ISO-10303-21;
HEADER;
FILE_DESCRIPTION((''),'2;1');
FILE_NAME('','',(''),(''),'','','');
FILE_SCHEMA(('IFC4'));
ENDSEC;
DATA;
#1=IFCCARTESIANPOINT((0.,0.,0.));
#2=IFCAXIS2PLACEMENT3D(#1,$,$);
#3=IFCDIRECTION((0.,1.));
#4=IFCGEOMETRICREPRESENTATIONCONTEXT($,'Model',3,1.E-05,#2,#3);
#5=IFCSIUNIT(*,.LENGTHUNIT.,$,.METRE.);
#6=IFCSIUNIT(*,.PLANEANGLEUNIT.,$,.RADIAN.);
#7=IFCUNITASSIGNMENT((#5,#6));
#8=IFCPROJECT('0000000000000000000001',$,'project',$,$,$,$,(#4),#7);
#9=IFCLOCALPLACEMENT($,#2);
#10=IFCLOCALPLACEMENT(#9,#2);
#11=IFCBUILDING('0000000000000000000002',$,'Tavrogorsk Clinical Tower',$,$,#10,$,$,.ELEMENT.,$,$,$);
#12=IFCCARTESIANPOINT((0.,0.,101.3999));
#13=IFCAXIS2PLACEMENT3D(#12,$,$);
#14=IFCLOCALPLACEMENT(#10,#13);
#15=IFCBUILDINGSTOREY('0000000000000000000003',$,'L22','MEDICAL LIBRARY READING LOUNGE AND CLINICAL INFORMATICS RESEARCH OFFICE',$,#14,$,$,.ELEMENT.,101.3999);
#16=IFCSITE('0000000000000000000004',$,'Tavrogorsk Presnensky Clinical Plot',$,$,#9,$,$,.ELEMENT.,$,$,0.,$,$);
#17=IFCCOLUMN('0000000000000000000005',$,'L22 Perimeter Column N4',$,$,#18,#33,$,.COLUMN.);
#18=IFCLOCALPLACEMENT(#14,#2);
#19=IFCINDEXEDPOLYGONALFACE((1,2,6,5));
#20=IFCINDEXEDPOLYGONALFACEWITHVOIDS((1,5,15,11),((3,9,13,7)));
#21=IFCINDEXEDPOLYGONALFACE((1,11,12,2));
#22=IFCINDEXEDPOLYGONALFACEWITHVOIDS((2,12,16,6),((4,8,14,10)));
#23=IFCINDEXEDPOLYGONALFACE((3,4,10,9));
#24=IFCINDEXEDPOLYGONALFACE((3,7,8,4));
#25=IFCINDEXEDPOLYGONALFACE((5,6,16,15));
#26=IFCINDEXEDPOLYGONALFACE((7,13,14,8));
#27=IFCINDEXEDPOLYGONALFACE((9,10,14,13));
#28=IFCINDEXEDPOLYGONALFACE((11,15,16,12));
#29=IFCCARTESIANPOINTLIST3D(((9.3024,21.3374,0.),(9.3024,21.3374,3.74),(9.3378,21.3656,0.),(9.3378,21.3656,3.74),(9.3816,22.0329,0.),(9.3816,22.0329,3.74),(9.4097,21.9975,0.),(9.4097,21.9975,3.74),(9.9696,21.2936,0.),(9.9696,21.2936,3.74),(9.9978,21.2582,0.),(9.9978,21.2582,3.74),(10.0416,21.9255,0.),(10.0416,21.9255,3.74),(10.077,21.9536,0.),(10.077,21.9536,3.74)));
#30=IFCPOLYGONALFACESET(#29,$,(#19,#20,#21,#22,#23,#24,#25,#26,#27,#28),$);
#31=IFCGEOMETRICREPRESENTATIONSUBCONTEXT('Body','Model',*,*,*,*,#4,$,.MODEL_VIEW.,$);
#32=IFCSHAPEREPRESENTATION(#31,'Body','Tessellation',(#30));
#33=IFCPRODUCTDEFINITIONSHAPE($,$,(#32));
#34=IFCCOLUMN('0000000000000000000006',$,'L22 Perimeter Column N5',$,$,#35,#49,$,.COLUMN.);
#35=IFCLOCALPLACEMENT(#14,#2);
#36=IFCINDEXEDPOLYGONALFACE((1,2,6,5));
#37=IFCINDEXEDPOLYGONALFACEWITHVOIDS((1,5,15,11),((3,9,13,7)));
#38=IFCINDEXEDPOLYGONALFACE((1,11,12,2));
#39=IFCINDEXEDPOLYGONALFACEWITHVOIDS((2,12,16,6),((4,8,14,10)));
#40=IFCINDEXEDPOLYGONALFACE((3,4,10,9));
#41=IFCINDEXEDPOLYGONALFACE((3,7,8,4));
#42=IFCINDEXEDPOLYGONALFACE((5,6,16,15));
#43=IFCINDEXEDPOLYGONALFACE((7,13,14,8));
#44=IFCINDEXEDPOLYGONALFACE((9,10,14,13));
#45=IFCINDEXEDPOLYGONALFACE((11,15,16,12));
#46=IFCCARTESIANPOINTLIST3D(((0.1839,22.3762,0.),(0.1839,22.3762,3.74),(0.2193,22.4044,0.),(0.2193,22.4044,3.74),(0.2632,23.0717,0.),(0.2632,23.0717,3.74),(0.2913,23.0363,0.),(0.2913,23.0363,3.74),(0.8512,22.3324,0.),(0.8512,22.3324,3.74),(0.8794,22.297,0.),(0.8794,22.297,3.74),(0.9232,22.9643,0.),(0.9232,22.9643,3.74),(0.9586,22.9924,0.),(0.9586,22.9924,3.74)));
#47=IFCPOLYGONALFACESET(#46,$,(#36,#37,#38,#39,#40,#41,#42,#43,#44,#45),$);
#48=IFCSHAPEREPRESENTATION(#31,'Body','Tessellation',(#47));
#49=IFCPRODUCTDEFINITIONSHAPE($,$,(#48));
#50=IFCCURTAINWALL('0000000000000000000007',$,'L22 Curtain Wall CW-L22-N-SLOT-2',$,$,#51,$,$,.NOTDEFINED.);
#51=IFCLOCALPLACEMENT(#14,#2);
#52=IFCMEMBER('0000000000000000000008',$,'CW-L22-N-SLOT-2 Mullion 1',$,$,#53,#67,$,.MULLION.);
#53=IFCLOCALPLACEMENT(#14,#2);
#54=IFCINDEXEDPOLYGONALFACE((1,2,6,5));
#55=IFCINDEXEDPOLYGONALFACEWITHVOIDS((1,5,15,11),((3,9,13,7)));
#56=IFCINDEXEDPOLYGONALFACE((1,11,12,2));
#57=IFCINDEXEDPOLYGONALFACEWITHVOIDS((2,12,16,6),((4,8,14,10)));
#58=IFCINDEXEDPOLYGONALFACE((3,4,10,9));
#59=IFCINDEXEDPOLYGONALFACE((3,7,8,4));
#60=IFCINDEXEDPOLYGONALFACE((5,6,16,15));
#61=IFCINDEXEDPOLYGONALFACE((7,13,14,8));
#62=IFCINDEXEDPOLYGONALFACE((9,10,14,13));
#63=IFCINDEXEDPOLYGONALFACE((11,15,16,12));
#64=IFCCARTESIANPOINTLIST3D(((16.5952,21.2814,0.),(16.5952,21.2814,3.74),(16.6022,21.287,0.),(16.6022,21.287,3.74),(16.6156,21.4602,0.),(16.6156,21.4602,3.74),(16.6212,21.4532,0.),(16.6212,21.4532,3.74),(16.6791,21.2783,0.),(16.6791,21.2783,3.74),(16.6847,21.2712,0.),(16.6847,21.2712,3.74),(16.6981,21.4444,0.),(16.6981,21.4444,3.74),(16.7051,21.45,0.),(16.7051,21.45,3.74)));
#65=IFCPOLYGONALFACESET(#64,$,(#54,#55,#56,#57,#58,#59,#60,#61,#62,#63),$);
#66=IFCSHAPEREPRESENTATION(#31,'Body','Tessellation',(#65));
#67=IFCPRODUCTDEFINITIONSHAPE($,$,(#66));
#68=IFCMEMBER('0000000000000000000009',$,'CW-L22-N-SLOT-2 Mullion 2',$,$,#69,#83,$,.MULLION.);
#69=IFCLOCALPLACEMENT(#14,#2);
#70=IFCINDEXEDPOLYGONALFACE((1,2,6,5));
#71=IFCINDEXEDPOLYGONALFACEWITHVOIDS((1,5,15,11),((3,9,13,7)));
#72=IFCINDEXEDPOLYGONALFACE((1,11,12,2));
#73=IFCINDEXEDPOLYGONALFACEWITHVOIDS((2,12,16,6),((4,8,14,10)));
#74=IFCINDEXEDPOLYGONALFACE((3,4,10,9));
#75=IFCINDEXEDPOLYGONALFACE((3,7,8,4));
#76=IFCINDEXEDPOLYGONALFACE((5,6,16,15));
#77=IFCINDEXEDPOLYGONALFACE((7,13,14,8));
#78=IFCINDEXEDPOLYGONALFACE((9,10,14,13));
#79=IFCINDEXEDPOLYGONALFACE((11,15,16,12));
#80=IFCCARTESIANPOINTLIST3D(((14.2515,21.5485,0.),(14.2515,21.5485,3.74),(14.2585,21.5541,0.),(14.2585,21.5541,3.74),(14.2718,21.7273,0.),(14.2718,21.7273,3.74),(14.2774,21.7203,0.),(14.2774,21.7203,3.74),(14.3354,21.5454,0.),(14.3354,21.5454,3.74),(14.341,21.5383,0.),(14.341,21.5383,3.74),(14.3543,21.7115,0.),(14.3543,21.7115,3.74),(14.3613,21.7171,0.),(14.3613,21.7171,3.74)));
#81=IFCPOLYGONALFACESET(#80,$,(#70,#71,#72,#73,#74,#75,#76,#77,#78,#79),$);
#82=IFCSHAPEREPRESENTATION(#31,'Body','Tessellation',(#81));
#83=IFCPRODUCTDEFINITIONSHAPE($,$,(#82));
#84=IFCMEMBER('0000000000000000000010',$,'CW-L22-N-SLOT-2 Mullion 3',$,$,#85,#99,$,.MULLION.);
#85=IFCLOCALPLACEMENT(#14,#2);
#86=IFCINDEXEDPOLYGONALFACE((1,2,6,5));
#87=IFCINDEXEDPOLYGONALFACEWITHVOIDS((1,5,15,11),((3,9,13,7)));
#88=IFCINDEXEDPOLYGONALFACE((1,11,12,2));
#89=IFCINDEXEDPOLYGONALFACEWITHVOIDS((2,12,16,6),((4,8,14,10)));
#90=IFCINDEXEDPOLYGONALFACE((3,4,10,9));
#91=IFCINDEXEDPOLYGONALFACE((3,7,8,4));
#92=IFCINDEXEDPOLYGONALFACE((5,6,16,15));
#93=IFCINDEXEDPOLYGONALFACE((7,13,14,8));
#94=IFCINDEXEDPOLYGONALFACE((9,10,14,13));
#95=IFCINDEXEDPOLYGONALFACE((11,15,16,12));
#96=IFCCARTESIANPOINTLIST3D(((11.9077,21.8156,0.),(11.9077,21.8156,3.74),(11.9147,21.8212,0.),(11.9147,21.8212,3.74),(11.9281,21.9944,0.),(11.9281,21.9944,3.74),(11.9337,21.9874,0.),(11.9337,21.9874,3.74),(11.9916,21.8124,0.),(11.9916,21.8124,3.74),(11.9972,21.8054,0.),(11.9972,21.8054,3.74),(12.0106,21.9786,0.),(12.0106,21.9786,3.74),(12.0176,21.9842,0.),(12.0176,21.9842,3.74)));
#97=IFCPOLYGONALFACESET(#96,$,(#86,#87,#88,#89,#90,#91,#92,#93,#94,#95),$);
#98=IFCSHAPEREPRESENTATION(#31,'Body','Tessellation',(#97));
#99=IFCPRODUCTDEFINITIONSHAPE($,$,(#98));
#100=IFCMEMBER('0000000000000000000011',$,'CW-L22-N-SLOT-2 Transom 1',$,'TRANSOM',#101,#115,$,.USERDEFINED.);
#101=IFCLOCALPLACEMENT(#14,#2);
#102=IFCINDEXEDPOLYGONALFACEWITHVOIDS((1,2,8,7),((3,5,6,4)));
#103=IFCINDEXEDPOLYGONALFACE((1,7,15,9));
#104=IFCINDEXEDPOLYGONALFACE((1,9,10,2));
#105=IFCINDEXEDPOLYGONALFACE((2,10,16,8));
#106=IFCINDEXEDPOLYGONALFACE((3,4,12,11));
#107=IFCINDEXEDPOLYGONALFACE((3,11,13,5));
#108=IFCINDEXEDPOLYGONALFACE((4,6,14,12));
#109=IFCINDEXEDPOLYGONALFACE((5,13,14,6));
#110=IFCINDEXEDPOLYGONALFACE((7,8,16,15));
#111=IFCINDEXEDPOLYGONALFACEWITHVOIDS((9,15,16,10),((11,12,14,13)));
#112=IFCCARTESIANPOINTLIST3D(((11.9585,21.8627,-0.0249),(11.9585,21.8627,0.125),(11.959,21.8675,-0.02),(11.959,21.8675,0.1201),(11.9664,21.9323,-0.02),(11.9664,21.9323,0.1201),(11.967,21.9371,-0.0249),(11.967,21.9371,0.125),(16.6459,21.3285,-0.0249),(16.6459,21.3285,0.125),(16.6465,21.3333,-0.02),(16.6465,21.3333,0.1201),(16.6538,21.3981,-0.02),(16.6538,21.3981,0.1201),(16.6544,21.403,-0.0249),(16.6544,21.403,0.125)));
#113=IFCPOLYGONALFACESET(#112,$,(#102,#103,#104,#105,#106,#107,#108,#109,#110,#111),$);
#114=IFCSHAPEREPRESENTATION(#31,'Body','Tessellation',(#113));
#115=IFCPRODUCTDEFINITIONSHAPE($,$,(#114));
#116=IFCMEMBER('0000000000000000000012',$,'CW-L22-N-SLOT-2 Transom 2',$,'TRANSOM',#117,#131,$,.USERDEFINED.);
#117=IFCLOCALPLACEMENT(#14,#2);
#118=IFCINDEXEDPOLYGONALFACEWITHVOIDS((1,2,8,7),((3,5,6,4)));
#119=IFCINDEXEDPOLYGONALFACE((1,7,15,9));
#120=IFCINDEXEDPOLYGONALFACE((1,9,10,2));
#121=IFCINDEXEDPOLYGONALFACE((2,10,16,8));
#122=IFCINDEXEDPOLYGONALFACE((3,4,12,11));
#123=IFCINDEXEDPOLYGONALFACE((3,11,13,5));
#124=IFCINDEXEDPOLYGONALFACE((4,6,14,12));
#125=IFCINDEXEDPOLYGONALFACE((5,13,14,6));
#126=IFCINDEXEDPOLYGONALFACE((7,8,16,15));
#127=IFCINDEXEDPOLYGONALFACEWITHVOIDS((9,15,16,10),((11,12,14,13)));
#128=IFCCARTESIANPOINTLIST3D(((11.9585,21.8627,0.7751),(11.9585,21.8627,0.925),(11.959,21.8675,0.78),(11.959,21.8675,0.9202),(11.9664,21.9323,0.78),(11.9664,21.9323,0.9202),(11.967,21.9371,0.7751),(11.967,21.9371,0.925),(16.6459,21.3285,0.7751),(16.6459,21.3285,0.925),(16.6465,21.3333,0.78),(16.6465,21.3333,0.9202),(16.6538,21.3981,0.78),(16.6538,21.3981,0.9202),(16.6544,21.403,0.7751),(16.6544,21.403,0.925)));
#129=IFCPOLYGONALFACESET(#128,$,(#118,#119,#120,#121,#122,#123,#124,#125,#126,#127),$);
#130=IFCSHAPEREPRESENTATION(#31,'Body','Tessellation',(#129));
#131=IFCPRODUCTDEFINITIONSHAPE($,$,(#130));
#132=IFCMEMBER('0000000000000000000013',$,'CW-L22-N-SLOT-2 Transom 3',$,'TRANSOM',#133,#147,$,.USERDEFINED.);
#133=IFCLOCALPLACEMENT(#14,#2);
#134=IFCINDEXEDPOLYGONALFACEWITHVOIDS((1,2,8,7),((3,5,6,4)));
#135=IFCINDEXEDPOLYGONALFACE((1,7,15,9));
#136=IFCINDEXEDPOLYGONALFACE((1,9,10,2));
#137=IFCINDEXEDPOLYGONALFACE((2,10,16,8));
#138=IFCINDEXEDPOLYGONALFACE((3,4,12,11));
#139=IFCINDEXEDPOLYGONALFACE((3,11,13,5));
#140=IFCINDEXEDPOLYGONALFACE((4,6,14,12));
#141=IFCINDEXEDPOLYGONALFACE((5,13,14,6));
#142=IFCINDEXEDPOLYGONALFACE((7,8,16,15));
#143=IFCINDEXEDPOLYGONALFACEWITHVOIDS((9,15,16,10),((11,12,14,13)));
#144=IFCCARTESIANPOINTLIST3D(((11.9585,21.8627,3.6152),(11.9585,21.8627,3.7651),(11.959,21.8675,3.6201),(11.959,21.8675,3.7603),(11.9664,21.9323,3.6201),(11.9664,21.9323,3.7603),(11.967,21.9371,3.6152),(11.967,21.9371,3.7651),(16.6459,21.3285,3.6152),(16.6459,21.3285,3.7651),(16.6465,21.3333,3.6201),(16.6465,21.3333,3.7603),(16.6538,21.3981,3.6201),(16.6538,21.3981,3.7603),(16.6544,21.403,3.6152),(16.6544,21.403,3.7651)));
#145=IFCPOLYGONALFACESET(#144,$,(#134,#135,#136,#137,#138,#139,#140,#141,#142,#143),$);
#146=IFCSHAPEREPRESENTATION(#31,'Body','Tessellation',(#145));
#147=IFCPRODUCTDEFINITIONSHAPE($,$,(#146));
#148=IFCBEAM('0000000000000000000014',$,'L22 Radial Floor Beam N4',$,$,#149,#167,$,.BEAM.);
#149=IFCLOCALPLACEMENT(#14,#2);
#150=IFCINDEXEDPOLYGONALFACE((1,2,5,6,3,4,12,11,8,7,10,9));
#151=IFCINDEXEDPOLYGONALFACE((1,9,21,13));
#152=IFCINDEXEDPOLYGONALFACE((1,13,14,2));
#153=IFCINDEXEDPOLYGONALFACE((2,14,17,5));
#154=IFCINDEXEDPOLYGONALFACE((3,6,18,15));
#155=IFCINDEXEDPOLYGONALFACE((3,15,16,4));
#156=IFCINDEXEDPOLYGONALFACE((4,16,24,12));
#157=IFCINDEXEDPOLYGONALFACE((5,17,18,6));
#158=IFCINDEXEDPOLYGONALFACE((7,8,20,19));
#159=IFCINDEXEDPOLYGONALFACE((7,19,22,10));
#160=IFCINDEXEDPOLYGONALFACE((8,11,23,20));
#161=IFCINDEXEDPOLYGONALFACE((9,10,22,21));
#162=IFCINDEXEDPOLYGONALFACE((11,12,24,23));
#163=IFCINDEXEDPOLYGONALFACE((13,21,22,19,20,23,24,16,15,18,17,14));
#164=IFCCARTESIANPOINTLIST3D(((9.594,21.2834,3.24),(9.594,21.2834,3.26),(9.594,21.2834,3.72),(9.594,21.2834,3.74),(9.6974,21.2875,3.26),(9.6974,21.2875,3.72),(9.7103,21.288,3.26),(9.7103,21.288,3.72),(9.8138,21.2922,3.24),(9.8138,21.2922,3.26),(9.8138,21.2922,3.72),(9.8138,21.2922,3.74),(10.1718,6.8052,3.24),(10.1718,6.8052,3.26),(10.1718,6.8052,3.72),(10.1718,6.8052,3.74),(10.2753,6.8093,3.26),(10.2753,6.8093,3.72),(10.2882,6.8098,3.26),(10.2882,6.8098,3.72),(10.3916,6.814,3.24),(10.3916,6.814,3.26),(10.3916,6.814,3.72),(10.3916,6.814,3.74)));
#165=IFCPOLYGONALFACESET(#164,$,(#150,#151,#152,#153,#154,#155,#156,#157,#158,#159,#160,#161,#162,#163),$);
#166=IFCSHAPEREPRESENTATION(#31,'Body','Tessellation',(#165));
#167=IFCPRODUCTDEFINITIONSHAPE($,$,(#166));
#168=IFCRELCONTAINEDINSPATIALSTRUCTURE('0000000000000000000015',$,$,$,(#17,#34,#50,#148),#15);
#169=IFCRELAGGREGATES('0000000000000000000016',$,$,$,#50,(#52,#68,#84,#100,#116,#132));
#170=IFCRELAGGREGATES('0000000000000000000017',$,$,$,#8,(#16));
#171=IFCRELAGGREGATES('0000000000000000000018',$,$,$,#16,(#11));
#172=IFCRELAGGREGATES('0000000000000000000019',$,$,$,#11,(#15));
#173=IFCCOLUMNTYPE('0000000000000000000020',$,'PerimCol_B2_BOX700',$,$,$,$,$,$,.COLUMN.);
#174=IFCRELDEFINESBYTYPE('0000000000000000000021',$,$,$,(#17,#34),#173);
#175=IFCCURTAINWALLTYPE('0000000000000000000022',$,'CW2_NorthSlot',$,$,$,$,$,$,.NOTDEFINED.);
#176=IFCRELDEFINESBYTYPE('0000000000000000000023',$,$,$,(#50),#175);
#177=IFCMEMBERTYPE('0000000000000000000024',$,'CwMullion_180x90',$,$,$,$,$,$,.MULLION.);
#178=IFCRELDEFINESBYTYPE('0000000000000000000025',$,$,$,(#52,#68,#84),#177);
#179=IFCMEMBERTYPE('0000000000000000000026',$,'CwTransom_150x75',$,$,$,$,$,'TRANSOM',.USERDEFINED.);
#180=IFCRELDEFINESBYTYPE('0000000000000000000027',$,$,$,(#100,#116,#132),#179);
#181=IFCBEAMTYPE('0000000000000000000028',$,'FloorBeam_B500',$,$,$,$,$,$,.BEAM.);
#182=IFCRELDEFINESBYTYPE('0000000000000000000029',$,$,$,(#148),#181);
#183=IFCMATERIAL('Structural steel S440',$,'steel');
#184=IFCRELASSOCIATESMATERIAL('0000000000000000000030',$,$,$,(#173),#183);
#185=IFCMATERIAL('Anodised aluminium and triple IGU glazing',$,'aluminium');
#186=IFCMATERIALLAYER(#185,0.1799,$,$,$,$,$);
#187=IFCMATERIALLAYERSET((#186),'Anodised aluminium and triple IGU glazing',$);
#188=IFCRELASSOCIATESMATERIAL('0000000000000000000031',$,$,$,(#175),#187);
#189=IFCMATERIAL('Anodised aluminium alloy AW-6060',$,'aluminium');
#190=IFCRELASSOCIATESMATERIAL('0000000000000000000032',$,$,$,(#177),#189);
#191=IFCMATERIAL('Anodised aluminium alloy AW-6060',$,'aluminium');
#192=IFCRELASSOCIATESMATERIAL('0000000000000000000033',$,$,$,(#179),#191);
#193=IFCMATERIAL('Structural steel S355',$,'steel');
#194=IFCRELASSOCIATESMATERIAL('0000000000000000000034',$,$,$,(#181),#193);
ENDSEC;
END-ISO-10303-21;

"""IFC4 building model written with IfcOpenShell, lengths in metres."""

from ifc_helpers import new_model, si_unit, direction, frame, origin, origin_2d, place, context, subcontext, project, spatial, hollow_rectangle, i_section, extrude, material, layer, layer_set, material_profile, profile_set, type_object, element, aggregate, save


model = new_model("IFC4")

# Units and contexts
model_context = context("Model", 3, precision=1e-05, world=origin(), true_north=direction((0.0, 1.0)))
body_context = subcontext(model_context, "Body", "Model", "MODEL_VIEW")
ifc_project = project(units=[si_unit("LENGTHUNIT", "METRE"), si_unit("PLANEANGLEUNIT", "RADIAN")], contexts=[model_context])

# Site, building, storey
site_placement = place(None, origin())
site = spatial("IfcSite", under=ifc_project, at=site_placement, Name="Tavrogorsk Presnensky Clinical Plot", CompositionType="ELEMENT", RefElevation=0.0)
building_placement = place(site_placement, origin())
building = spatial("IfcBuilding", under=site, at=building_placement, Name="Tavrogorsk Clinical Tower", CompositionType="ELEMENT")
storey_placement = place(building_placement, frame((0.0, 0.0, 101.3999)))
storey = spatial("IfcBuildingStorey", under=building, at=storey_placement, Name="L22", Description="MEDICAL LIBRARY READING LOUNGE AND CLINICAL INFORMATICS RESEARCH OFFICE", CompositionType="ELEMENT", Elevation=101.3999)

# Columns
ifc_material_1 = material(Name="Structural steel S440", Category="steel")
ifc_material_profile_1 = material_profile(ifc_material_1, hollow_rectangle(XDim=0.7, YDim=0.7, WallThickness=0.032, at=origin_2d()), Name="BOX-700x700x32")
ifc_profile_set_1 = profile_set([ifc_material_profile_1], Name="Structural steel S440")
column_type = type_object("IfcColumnType", Name="PerimCol_B2_BOX700", PredefinedType="COLUMN", material=ifc_profile_set_1)
for number, where, z_axis, x_axis, name in (
    (1, (9.6897, 21.6455, 0.0), (0.0, 0.0, 1.0), (0.993572, -0.113203, 0.0), "L22 Perimeter Column N4"),
    (2, (0.5713, 22.6843, 0.0), (0.0, 0.0, 1.0), (0.993572, -0.113203, 0.0), "L22 Perimeter Column N5"),
):
    element("IfcColumn", number, at=place(storey_placement, frame(where, z_axis=z_axis, x_axis=x_axis)), inside=storey, type_object=column_type, Name=name, PredefinedType="COLUMN", context=body_context, shape_type="SweptSolid", body=[
        extrude(hollow_rectangle(XDim=0.7, YDim=0.7, WallThickness=0.032, at=origin_2d()), origin(), (0.0, 0.0, 1.0), 3.74),
    ])

# Curtain wall, members
ifc_material_2 = material(Name="Anodised aluminium and triple IGU glazing", Category="aluminium")
ifc_layer_1 = layer(ifc_material_2, 0.1799)
ifc_layer_set_1 = layer_set([ifc_layer_1], Name="Anodised aluminium and triple IGU glazing")
curtain_wall_type = type_object("IfcCurtainWallType", Name="CW2_NorthSlot", PredefinedType="NOTDEFINED", material=ifc_layer_set_1)
curtain_wall_placement = place(storey_placement, origin())
curtain_wall = element("IfcCurtainWall", 3, at=curtain_wall_placement, inside=storey, type_object=curtain_wall_type, Name="L22 Curtain Wall CW-L22-N-SLOT-2", PredefinedType="NOTDEFINED")
ifc_material_3 = material(Name="Anodised aluminium alloy AW-6060", Category="aluminium")
ifc_material_profile_2 = material_profile(ifc_material_3, hollow_rectangle(XDim=0.0901, YDim=0.1799, WallThickness=0.0063, at=origin_2d()), Name="RHS-180x90x6.3")
ifc_profile_set_2 = profile_set([ifc_material_profile_2], Name="Anodised aluminium alloy AW-6060")
member_type_1 = type_object("IfcMemberType", Name="CwMullion_180x90", PredefinedType="MULLION", material=ifc_profile_set_2)
member_1_placement = place(storey_placement, frame((16.6501, 21.3657, 0.0), z_axis=(0.0, 0.0, 1.0), x_axis=(-0.993572, 0.113203, 0.0)))
member_1 = element("IfcMember", 4, at=member_1_placement, type_object=member_type_1, Name="CW-L22-N-SLOT-2 Mullion 1", PredefinedType="MULLION", context=body_context, shape_type="SweptSolid", body=[
    extrude(hollow_rectangle(XDim=0.0901, YDim=0.1799, WallThickness=0.0063, at=origin_2d()), origin(), (0.0, 0.0, 1.0), 3.74),
])
member_2_placement = place(storey_placement, frame((14.3064, 21.6328, 0.0), z_axis=(0.0, 0.0, 1.0), x_axis=(-0.993572, 0.113203, 0.0)))
member_2 = element("IfcMember", 5, at=member_2_placement, type_object=member_type_1, Name="CW-L22-N-SLOT-2 Mullion 2", PredefinedType="MULLION", context=body_context, shape_type="SweptSolid", body=[
    extrude(hollow_rectangle(XDim=0.0901, YDim=0.1799, WallThickness=0.0063, at=origin_2d()), origin(), (0.0, 0.0, 1.0), 3.74),
])
member_3_placement = place(storey_placement, frame((11.9626, 21.8999, 0.0), z_axis=(0.0, 0.0, 1.0), x_axis=(-0.993572, 0.113203, 0.0)))
member_3 = element("IfcMember", 6, at=member_3_placement, type_object=member_type_1, Name="CW-L22-N-SLOT-2 Mullion 3", PredefinedType="MULLION", context=body_context, shape_type="SweptSolid", body=[
    extrude(hollow_rectangle(XDim=0.0901, YDim=0.1799, WallThickness=0.0063, at=origin_2d()), origin(), (0.0, 0.0, 1.0), 3.74),
])
ifc_material_4 = material(Name="Anodised aluminium alloy AW-6060", Category="aluminium")
ifc_material_profile_3 = material_profile(ifc_material_4, hollow_rectangle(XDim=0.075, YDim=0.1499, WallThickness=0.0049, at=origin_2d()), Name="RHS-150x75x5")
ifc_profile_set_3 = profile_set([ifc_material_profile_3], Name="Anodised aluminium alloy AW-6060")
member_type_2 = type_object("IfcMemberType", Name="CwTransom_150x75", ElementType="TRANSOM", PredefinedType="USERDEFINED", material=ifc_profile_set_3)
member_4_placement = place(storey_placement, frame((16.6501, 21.3657, 0.05), z_axis=(-0.993569, 0.113226, 0.0), x_axis=(-0.113226, -0.993569, 0.0)))
member_4 = element("IfcMember", 7, at=member_4_placement, type_object=member_type_2, Name="CW-L22-N-SLOT-2 Transom 1", ObjectType="TRANSOM", PredefinedType="USERDEFINED", context=body_context, shape_type="SweptSolid", body=[
    extrude(hollow_rectangle(XDim=0.075, YDim=0.1499, WallThickness=0.0049, at=origin_2d()), origin(), (0.0, 0.0, 1.0), 4.7178),
])
member_5_placement = place(storey_placement, frame((16.6501, 21.3657, 0.8501), z_axis=(-0.993569, 0.113226, 0.0), x_axis=(-0.113226, -0.993569, 0.0)))
member_5 = element("IfcMember", 8, at=member_5_placement, type_object=member_type_2, Name="CW-L22-N-SLOT-2 Transom 2", ObjectType="TRANSOM", PredefinedType="USERDEFINED", context=body_context, shape_type="SweptSolid", body=[
    extrude(hollow_rectangle(XDim=0.075, YDim=0.1499, WallThickness=0.0049, at=origin_2d()), origin(), (0.0, 0.0, 1.0), 4.7178),
])
member_6_placement = place(storey_placement, frame((16.6501, 21.3657, 3.6902), z_axis=(-0.993569, 0.113226, 0.0), x_axis=(-0.113226, -0.993569, 0.0)))
member_6 = element("IfcMember", 9, at=member_6_placement, type_object=member_type_2, Name="CW-L22-N-SLOT-2 Transom 3", ObjectType="TRANSOM", PredefinedType="USERDEFINED", context=body_context, shape_type="SweptSolid", body=[
    extrude(hollow_rectangle(XDim=0.075, YDim=0.1499, WallThickness=0.0049, at=origin_2d()), origin(), (0.0, 0.0, 1.0), 4.7178),
])

# Beam
ifc_material_5 = material(Name="Structural steel S355", Category="steel")
ifc_material_profile_4 = material_profile(ifc_material_5, i_section(OverallWidth=0.22, OverallDepth=0.5, WebThickness=0.0129, FlangeThickness=0.02, at=origin_2d()), Name="B-500x220x13x20")
ifc_profile_set_4 = profile_set([ifc_material_profile_4], Name="Structural steel S355")
beam_type_1 = type_object("IfcBeamType", Name="FloorBeam_B500", PredefinedType="BEAM", material=ifc_profile_set_4)
beam_placement = place(storey_placement, frame((10.2817, 6.8096, 3.49), z_axis=(-0.039882, 0.999204, 0.0), x_axis=(-0.999204, -0.039882, 0.0)))
element("IfcBeam", 10, at=beam_placement, inside=storey, type_object=beam_type_1, Name="L22 Radial Floor Beam N4", PredefinedType="BEAM", context=body_context, shape_type="SweptSolid", body=[
    extrude(i_section(OverallWidth=0.22, OverallDepth=0.5, WebThickness=0.0129, FlangeThickness=0.02, at=origin_2d()), origin(), (0.0, 0.0, 1.0), 14.4897),
])

aggregate(curtain_wall, [member_1, member_2, member_3, member_4, member_5, member_6])

save(model, "model.ifc")
